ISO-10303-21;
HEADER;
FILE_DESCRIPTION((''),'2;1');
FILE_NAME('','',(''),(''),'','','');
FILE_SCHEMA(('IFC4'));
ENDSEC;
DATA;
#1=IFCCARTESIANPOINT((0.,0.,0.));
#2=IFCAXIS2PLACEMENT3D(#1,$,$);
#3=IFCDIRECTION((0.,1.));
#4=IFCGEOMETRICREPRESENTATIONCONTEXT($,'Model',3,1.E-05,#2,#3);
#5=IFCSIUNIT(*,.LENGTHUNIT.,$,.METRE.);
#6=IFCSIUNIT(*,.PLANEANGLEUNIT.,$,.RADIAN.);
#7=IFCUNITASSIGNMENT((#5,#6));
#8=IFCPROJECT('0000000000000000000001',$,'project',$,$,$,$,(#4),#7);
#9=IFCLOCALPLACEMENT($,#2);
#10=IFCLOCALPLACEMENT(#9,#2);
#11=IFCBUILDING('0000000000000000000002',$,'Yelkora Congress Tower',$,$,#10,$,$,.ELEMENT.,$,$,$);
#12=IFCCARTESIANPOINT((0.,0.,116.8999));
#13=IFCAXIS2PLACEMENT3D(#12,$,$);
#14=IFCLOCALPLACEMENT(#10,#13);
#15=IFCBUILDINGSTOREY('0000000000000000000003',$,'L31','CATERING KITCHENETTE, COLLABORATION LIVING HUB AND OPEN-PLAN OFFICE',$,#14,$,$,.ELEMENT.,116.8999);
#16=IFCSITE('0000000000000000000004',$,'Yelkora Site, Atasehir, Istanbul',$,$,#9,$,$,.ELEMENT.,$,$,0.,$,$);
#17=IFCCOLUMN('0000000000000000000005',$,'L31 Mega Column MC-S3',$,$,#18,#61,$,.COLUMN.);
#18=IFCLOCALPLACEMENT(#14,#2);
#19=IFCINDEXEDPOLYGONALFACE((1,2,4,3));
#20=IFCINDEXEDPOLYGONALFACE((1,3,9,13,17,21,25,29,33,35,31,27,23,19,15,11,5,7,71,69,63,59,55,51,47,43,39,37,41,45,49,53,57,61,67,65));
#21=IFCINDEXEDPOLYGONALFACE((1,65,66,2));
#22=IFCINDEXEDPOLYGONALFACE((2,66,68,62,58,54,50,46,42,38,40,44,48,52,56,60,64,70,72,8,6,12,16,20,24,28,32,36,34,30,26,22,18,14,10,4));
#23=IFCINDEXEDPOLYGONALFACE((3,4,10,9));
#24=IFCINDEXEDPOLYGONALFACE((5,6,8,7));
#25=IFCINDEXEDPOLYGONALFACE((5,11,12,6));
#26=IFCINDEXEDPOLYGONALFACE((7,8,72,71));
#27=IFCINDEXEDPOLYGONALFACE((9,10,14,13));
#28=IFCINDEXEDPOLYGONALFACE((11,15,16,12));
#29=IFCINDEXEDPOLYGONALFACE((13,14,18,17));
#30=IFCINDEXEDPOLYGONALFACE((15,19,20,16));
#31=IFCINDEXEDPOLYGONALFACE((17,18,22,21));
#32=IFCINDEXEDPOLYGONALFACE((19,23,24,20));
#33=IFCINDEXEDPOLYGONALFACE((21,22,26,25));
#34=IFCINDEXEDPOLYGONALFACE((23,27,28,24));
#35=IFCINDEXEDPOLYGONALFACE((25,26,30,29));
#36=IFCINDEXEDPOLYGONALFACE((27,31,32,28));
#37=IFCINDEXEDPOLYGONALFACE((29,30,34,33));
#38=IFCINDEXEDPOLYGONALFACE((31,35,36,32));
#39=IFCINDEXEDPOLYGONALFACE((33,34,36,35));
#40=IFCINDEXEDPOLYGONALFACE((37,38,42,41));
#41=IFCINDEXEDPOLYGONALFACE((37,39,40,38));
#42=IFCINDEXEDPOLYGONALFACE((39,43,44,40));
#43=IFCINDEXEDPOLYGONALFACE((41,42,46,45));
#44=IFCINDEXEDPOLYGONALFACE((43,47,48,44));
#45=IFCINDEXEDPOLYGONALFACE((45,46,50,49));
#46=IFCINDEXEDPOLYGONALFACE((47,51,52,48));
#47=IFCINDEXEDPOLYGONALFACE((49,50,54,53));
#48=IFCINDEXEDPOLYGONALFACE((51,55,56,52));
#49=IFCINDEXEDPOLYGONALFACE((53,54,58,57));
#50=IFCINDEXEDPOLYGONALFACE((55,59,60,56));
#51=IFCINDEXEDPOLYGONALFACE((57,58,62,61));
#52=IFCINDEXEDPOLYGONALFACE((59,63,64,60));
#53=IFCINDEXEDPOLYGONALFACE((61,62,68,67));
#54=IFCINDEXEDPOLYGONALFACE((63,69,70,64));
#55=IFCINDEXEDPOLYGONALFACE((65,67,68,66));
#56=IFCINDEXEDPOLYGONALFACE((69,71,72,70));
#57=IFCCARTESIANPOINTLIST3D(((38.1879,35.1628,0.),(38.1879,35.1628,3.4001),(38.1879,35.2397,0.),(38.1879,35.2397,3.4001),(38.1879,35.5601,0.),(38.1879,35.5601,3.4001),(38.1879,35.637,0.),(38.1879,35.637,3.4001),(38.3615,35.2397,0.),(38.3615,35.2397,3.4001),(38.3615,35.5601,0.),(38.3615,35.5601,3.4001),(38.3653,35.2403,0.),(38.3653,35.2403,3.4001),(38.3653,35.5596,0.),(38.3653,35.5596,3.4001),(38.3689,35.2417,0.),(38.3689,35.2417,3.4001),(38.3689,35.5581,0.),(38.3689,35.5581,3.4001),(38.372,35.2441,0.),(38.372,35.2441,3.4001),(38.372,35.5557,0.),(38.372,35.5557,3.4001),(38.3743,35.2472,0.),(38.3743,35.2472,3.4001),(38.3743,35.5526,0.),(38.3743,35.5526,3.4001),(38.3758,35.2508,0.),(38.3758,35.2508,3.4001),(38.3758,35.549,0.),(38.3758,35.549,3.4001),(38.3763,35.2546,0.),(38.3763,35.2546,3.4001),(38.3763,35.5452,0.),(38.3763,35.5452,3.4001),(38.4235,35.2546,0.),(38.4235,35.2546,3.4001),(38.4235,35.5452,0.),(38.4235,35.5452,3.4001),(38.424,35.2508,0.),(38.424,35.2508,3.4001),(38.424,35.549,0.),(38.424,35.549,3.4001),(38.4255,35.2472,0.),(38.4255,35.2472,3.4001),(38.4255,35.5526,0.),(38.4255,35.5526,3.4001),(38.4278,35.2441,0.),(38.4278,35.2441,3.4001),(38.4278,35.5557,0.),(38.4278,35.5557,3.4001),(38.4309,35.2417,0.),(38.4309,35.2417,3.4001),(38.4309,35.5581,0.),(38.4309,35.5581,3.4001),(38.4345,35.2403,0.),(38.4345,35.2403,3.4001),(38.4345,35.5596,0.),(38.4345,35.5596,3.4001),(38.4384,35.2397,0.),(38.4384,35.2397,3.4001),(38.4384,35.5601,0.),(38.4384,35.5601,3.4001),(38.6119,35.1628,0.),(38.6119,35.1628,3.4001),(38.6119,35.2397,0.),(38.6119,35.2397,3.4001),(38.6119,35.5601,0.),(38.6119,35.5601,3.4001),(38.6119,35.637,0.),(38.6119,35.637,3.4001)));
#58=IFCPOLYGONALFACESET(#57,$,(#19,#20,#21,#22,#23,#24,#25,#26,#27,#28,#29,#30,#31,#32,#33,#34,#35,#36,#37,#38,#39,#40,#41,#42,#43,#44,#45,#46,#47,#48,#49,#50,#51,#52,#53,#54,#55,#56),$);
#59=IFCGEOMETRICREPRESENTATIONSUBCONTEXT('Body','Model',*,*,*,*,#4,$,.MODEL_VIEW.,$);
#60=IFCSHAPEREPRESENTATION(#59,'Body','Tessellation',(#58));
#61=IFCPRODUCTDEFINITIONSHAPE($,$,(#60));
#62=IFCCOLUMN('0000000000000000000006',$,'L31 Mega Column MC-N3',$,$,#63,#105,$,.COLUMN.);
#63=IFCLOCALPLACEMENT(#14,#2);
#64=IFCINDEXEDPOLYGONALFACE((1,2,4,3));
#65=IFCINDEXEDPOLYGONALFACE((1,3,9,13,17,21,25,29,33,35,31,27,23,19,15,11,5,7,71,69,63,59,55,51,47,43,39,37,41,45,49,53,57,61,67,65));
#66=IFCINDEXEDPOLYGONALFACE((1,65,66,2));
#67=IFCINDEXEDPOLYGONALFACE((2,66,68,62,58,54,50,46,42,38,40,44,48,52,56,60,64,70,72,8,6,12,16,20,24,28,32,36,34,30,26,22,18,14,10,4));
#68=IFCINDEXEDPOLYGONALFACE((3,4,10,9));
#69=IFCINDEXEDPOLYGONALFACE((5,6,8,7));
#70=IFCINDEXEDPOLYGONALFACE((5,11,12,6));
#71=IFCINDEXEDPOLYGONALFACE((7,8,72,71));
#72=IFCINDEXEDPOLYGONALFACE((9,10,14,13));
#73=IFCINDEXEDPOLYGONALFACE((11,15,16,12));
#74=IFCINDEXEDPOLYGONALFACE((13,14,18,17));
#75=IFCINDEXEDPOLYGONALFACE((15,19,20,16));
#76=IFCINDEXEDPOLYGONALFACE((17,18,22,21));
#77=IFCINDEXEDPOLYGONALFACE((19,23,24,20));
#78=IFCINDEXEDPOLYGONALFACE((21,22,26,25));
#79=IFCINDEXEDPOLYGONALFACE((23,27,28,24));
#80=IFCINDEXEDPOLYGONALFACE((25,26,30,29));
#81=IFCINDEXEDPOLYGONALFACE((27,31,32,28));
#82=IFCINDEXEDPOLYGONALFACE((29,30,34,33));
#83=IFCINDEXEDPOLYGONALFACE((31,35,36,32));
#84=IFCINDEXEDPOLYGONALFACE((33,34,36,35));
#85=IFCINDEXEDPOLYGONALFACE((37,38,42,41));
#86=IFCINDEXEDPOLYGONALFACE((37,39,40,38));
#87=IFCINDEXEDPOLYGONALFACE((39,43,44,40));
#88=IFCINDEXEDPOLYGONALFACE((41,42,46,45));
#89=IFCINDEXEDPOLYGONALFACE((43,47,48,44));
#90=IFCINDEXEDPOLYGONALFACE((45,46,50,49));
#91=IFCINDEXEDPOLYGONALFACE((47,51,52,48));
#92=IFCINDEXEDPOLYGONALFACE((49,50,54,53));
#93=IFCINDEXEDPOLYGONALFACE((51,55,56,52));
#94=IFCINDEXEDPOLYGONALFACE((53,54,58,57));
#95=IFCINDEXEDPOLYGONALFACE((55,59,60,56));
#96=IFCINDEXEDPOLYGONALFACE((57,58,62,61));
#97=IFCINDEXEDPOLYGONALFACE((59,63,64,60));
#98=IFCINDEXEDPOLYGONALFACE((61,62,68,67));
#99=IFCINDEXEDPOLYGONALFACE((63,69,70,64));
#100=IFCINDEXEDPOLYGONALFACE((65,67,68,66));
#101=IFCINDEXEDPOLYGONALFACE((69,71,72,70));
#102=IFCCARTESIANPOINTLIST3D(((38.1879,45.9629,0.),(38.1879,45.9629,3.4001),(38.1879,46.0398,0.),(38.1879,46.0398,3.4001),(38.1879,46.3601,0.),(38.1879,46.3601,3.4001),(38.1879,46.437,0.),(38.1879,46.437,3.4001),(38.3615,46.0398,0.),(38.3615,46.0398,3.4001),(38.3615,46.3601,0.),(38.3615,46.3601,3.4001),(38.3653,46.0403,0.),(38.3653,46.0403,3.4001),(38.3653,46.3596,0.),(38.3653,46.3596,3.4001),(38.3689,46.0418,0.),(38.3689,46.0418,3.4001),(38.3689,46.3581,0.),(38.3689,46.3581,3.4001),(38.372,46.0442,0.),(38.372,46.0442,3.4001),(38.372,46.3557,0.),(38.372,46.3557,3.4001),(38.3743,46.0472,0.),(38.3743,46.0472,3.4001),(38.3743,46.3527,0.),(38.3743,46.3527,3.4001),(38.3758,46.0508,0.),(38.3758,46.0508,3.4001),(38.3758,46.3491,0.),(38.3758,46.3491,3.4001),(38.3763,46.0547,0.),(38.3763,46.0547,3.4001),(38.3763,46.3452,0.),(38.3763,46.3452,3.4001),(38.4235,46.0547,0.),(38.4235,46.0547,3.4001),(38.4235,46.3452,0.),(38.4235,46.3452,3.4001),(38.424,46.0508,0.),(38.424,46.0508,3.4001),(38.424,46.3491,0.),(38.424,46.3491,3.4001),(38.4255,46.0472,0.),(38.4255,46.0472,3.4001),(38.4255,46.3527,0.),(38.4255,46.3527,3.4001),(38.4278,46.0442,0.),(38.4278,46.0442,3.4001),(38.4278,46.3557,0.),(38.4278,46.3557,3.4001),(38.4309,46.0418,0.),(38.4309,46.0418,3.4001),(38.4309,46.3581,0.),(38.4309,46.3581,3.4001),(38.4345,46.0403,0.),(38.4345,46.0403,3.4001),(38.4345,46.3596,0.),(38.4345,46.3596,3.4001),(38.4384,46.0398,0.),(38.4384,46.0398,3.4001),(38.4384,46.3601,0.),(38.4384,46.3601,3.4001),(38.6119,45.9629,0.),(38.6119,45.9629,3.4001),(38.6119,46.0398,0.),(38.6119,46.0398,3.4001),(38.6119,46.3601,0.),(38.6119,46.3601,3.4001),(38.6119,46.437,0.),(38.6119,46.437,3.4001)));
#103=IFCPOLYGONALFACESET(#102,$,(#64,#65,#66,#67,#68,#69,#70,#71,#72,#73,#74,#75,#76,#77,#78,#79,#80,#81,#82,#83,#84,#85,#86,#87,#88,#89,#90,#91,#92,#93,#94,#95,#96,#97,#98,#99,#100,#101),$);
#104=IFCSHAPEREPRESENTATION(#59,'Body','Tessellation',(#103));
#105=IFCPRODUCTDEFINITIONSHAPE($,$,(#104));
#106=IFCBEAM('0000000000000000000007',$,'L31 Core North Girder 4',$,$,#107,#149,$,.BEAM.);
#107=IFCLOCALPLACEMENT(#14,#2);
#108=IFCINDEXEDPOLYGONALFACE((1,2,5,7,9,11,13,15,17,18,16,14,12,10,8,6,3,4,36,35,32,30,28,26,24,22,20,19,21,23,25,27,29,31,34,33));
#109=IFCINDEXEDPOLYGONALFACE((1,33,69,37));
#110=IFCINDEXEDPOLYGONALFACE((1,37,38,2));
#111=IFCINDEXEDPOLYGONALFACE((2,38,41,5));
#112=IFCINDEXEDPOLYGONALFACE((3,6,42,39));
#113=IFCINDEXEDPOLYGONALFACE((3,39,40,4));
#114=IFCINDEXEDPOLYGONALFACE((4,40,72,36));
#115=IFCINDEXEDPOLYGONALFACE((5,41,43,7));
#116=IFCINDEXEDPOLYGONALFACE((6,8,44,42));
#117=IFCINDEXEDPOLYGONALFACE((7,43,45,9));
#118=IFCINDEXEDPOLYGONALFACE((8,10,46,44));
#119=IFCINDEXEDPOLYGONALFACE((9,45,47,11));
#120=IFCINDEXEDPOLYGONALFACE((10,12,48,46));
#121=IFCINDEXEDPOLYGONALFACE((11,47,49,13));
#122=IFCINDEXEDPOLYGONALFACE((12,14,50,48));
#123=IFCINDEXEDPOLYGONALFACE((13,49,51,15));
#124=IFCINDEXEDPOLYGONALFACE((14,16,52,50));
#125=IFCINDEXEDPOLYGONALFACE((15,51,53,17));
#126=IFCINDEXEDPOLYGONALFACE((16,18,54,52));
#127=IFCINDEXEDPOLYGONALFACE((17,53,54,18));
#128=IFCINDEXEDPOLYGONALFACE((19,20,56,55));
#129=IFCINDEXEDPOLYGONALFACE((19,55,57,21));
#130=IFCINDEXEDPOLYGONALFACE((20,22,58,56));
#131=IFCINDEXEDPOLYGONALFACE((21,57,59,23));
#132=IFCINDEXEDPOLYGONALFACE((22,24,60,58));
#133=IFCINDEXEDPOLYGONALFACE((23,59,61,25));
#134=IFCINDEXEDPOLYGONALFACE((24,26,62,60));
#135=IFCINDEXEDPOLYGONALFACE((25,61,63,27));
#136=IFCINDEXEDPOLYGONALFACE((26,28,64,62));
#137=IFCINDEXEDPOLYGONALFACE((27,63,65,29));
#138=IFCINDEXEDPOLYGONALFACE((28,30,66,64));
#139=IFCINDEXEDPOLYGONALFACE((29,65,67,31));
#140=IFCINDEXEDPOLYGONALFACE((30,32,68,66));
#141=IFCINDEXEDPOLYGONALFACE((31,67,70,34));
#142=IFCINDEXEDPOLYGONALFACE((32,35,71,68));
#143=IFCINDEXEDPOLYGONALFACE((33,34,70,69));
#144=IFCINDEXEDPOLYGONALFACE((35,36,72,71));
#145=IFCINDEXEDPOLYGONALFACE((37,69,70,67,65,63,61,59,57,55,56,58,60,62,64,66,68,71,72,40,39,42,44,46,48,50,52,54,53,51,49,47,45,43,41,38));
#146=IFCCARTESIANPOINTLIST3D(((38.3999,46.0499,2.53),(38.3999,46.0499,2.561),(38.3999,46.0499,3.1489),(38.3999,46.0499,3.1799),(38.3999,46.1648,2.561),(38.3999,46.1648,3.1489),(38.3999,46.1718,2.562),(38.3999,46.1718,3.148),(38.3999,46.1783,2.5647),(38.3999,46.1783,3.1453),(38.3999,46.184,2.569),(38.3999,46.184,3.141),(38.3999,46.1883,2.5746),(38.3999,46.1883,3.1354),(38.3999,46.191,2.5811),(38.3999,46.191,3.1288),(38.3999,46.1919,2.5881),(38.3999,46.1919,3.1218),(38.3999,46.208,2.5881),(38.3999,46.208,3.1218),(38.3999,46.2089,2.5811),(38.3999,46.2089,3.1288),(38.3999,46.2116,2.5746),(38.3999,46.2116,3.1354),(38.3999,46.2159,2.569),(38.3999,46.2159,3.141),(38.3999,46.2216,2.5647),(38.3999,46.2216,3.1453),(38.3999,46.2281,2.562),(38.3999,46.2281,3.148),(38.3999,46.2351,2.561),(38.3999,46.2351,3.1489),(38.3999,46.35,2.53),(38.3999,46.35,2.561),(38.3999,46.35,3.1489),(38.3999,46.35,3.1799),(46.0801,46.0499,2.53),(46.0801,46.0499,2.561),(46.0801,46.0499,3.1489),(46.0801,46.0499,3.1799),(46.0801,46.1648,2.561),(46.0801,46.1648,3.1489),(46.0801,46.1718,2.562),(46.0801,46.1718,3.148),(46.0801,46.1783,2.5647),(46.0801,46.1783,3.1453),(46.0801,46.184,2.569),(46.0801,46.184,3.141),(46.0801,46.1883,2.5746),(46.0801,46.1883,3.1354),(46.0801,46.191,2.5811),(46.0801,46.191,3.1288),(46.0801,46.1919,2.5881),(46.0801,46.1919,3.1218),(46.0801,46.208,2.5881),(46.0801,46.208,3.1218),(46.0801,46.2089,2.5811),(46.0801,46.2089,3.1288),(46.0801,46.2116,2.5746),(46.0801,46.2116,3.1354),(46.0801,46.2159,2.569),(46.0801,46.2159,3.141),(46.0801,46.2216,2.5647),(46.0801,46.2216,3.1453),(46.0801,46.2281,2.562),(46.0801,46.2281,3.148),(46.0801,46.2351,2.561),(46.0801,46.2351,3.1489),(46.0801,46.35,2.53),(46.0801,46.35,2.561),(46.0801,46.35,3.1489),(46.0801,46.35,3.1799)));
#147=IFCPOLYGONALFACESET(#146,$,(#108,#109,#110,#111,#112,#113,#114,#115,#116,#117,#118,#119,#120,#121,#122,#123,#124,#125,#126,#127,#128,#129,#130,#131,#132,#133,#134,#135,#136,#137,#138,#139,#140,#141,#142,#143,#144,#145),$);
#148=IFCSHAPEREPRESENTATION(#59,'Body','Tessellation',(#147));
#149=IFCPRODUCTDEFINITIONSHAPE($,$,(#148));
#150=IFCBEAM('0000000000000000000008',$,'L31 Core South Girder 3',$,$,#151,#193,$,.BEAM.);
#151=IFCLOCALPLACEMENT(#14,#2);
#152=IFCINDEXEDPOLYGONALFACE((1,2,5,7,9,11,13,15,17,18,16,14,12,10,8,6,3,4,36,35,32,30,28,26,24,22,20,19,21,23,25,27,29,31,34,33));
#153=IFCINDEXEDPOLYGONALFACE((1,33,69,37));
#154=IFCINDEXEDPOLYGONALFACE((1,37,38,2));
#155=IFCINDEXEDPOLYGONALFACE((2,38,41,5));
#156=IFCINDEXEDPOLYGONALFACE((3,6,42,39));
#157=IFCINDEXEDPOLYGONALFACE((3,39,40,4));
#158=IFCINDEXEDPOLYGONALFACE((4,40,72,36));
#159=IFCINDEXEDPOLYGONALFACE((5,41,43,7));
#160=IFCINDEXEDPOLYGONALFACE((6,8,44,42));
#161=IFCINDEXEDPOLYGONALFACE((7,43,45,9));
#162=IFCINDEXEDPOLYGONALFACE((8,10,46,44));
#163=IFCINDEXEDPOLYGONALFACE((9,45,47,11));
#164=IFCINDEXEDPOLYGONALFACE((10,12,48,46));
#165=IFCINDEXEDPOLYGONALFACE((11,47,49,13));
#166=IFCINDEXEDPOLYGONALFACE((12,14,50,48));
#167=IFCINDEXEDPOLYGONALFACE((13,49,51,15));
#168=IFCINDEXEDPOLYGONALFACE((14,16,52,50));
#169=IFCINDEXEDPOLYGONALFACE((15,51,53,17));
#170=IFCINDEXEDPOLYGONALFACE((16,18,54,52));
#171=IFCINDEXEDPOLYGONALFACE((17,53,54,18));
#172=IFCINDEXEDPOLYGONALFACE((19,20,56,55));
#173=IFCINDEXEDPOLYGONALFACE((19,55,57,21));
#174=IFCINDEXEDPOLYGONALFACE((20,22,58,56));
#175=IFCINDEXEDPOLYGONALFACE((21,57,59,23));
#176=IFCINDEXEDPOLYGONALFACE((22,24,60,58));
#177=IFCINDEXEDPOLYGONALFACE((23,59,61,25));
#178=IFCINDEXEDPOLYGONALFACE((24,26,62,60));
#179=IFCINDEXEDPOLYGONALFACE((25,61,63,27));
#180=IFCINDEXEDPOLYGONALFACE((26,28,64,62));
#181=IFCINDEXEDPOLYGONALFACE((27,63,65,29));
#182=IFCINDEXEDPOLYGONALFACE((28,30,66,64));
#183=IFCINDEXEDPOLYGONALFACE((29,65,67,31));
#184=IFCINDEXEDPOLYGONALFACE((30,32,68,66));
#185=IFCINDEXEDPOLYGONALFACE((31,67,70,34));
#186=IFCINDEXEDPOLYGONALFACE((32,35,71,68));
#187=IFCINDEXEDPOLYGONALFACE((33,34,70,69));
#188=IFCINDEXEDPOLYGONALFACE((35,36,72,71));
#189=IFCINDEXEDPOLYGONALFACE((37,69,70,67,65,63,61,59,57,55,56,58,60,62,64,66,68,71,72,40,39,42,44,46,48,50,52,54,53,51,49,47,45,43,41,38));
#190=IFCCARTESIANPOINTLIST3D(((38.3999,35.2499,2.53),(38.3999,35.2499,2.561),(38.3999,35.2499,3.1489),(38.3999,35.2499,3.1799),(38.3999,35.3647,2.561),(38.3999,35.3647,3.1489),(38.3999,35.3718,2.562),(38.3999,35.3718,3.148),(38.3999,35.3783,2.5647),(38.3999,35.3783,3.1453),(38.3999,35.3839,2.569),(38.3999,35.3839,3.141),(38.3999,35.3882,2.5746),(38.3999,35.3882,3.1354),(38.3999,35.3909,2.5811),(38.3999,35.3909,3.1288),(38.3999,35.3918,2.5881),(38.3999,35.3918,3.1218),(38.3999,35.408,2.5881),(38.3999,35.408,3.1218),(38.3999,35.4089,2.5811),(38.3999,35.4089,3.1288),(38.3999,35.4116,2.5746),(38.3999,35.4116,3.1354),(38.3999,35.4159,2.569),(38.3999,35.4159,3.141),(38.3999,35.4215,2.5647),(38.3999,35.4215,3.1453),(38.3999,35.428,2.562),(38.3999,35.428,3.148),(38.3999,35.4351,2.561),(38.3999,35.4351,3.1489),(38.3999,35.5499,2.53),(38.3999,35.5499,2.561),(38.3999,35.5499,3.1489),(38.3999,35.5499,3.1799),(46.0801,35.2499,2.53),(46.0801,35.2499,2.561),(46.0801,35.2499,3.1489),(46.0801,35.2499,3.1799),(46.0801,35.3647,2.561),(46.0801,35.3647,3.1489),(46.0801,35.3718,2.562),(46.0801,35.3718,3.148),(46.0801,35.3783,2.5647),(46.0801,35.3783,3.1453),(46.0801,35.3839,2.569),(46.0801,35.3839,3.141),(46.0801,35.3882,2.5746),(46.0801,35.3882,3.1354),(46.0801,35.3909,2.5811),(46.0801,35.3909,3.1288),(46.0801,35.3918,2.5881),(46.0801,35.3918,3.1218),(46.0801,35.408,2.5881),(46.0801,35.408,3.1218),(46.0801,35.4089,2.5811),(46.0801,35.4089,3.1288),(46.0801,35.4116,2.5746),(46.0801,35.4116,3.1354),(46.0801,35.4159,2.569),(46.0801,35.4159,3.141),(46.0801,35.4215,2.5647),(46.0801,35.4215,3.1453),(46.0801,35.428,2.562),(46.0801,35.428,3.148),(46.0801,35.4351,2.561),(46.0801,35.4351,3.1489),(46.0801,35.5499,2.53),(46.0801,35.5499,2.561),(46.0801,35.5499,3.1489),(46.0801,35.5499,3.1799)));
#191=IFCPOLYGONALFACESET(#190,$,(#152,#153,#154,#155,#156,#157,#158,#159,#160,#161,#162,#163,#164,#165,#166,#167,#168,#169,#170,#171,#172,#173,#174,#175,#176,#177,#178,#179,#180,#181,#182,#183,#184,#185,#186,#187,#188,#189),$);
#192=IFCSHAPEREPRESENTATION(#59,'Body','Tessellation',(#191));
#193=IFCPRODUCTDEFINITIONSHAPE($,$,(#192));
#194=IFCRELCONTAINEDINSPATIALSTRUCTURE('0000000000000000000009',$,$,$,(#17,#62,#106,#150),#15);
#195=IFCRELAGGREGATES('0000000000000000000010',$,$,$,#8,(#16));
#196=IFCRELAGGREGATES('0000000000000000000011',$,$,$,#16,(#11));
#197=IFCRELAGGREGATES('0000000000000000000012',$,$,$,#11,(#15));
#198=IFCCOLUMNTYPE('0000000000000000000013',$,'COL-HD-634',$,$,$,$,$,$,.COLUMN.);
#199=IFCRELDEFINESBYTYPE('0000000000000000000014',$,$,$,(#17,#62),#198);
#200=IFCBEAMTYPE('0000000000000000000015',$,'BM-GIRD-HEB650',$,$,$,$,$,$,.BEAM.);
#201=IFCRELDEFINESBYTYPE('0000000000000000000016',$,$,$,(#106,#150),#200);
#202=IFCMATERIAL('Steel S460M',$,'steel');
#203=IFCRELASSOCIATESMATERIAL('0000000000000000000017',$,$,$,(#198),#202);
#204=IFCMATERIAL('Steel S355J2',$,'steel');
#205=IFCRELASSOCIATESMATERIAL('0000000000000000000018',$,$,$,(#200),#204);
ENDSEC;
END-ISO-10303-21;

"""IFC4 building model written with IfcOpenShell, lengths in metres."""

from ifc_helpers import new_model, si_unit, direction, frame, origin, origin_2d, place, context, subcontext, project, spatial, i_section, extrude, material, material_profile, profile_set, type_object, element, save


model = new_model("IFC4")

# Units and contexts
model_context = context("Model", 3, precision=1e-05, world=origin(), true_north=direction((0.0, 1.0)))
body_context = subcontext(model_context, "Body", "Model", "MODEL_VIEW")
ifc_project = project(units=[si_unit("LENGTHUNIT", "METRE"), si_unit("PLANEANGLEUNIT", "RADIAN")], contexts=[model_context])

# Site, building, storey
site_placement = place(None, origin())
site = spatial("IfcSite", under=ifc_project, at=site_placement, Name="Yelkora Site, Atasehir, Istanbul", CompositionType="ELEMENT", RefElevation=0.0)
building_placement = place(site_placement, origin())
building = spatial("IfcBuilding", under=site, at=building_placement, Name="Yelkora Congress Tower", CompositionType="ELEMENT")
storey_placement = place(building_placement, frame((0.0, 0.0, 116.8999)))
storey = spatial("IfcBuildingStorey", under=building, at=storey_placement, Name="L31", Description="CATERING KITCHENETTE, COLLABORATION LIVING HUB AND OPEN-PLAN OFFICE", CompositionType="ELEMENT", Elevation=116.8999)

# Columns
ifc_material_1 = material(Name="Steel S460M", Category="steel")
ifc_material_profile_1 = material_profile(ifc_material_1, i_section(OverallWidth=0.4241, OverallDepth=0.4741, WebThickness=0.0471, FlangeThickness=0.0769, FilletRadius=0.0149, at=origin_2d()), Name="HD 400x634")
ifc_profile_set_1 = profile_set([ifc_material_profile_1], Name="Steel S460M")
column_type = type_object("IfcColumnType", Name="COL-HD-634", PredefinedType="COLUMN", material=ifc_profile_set_1)
for number, where, z_axis, x_axis, name in (
    (1, (38.3999, 35.3999, 0.0), (0.0, 0.0, 1.0), (1.0, 0.0, 0.0), "L31 Mega Column MC-S3"),
    (2, (38.3999, 46.2, 0.0), (0.0, 0.0, 1.0), (1.0, 0.0, 0.0), "L31 Mega Column MC-N3"),
):
    element("IfcColumn", number, at=place(storey_placement, frame(where, z_axis=z_axis, x_axis=x_axis)), inside=storey, type_object=column_type, Name=name, PredefinedType="COLUMN", context=body_context, shape_type="SweptSolid", body=[
        extrude(i_section(OverallWidth=0.4241, OverallDepth=0.4741, WebThickness=0.0471, FlangeThickness=0.0769, FilletRadius=0.0149, at=origin_2d()), origin(), (0.0, 0.0, 1.0), 3.4001),
    ])

# Beams
ifc_material_2 = material(Name="Steel S355J2", Category="steel")
ifc_material_profile_2 = material_profile(ifc_material_2, i_section(OverallWidth=0.3, OverallDepth=0.6499, WebThickness=0.0161, FlangeThickness=0.031, FilletRadius=0.0271, at=origin_2d()), Name="HEB 650")
ifc_profile_set_2 = profile_set([ifc_material_profile_2], Name="Steel S355J2")
beam_type = type_object("IfcBeamType", Name="BM-GIRD-HEB650", PredefinedType="BEAM", material=ifc_profile_set_2)
for number, where, z_axis, x_axis, name in (
    (3, (38.3999, 46.2, 2.855), (1.0, 0.0, 0.0), (0.0, 1.0, 0.0), "L31 Core North Girder 4"),
    (4, (38.3999, 35.3999, 2.855), (1.0, 0.0, 0.0), (0.0, 1.0, 0.0), "L31 Core South Girder 3"),
):
    element("IfcBeam", number, at=place(storey_placement, frame(where, z_axis=z_axis, x_axis=x_axis)), inside=storey, type_object=beam_type, Name=name, PredefinedType="BEAM", context=body_context, shape_type="SweptSolid", body=[
        extrude(i_section(OverallWidth=0.3, OverallDepth=0.6499, WebThickness=0.0161, FlangeThickness=0.031, FilletRadius=0.0271, at=origin_2d()), origin(), (0.0, 0.0, 1.0), 7.6802),
    ])

save(model, "model.ifc")
